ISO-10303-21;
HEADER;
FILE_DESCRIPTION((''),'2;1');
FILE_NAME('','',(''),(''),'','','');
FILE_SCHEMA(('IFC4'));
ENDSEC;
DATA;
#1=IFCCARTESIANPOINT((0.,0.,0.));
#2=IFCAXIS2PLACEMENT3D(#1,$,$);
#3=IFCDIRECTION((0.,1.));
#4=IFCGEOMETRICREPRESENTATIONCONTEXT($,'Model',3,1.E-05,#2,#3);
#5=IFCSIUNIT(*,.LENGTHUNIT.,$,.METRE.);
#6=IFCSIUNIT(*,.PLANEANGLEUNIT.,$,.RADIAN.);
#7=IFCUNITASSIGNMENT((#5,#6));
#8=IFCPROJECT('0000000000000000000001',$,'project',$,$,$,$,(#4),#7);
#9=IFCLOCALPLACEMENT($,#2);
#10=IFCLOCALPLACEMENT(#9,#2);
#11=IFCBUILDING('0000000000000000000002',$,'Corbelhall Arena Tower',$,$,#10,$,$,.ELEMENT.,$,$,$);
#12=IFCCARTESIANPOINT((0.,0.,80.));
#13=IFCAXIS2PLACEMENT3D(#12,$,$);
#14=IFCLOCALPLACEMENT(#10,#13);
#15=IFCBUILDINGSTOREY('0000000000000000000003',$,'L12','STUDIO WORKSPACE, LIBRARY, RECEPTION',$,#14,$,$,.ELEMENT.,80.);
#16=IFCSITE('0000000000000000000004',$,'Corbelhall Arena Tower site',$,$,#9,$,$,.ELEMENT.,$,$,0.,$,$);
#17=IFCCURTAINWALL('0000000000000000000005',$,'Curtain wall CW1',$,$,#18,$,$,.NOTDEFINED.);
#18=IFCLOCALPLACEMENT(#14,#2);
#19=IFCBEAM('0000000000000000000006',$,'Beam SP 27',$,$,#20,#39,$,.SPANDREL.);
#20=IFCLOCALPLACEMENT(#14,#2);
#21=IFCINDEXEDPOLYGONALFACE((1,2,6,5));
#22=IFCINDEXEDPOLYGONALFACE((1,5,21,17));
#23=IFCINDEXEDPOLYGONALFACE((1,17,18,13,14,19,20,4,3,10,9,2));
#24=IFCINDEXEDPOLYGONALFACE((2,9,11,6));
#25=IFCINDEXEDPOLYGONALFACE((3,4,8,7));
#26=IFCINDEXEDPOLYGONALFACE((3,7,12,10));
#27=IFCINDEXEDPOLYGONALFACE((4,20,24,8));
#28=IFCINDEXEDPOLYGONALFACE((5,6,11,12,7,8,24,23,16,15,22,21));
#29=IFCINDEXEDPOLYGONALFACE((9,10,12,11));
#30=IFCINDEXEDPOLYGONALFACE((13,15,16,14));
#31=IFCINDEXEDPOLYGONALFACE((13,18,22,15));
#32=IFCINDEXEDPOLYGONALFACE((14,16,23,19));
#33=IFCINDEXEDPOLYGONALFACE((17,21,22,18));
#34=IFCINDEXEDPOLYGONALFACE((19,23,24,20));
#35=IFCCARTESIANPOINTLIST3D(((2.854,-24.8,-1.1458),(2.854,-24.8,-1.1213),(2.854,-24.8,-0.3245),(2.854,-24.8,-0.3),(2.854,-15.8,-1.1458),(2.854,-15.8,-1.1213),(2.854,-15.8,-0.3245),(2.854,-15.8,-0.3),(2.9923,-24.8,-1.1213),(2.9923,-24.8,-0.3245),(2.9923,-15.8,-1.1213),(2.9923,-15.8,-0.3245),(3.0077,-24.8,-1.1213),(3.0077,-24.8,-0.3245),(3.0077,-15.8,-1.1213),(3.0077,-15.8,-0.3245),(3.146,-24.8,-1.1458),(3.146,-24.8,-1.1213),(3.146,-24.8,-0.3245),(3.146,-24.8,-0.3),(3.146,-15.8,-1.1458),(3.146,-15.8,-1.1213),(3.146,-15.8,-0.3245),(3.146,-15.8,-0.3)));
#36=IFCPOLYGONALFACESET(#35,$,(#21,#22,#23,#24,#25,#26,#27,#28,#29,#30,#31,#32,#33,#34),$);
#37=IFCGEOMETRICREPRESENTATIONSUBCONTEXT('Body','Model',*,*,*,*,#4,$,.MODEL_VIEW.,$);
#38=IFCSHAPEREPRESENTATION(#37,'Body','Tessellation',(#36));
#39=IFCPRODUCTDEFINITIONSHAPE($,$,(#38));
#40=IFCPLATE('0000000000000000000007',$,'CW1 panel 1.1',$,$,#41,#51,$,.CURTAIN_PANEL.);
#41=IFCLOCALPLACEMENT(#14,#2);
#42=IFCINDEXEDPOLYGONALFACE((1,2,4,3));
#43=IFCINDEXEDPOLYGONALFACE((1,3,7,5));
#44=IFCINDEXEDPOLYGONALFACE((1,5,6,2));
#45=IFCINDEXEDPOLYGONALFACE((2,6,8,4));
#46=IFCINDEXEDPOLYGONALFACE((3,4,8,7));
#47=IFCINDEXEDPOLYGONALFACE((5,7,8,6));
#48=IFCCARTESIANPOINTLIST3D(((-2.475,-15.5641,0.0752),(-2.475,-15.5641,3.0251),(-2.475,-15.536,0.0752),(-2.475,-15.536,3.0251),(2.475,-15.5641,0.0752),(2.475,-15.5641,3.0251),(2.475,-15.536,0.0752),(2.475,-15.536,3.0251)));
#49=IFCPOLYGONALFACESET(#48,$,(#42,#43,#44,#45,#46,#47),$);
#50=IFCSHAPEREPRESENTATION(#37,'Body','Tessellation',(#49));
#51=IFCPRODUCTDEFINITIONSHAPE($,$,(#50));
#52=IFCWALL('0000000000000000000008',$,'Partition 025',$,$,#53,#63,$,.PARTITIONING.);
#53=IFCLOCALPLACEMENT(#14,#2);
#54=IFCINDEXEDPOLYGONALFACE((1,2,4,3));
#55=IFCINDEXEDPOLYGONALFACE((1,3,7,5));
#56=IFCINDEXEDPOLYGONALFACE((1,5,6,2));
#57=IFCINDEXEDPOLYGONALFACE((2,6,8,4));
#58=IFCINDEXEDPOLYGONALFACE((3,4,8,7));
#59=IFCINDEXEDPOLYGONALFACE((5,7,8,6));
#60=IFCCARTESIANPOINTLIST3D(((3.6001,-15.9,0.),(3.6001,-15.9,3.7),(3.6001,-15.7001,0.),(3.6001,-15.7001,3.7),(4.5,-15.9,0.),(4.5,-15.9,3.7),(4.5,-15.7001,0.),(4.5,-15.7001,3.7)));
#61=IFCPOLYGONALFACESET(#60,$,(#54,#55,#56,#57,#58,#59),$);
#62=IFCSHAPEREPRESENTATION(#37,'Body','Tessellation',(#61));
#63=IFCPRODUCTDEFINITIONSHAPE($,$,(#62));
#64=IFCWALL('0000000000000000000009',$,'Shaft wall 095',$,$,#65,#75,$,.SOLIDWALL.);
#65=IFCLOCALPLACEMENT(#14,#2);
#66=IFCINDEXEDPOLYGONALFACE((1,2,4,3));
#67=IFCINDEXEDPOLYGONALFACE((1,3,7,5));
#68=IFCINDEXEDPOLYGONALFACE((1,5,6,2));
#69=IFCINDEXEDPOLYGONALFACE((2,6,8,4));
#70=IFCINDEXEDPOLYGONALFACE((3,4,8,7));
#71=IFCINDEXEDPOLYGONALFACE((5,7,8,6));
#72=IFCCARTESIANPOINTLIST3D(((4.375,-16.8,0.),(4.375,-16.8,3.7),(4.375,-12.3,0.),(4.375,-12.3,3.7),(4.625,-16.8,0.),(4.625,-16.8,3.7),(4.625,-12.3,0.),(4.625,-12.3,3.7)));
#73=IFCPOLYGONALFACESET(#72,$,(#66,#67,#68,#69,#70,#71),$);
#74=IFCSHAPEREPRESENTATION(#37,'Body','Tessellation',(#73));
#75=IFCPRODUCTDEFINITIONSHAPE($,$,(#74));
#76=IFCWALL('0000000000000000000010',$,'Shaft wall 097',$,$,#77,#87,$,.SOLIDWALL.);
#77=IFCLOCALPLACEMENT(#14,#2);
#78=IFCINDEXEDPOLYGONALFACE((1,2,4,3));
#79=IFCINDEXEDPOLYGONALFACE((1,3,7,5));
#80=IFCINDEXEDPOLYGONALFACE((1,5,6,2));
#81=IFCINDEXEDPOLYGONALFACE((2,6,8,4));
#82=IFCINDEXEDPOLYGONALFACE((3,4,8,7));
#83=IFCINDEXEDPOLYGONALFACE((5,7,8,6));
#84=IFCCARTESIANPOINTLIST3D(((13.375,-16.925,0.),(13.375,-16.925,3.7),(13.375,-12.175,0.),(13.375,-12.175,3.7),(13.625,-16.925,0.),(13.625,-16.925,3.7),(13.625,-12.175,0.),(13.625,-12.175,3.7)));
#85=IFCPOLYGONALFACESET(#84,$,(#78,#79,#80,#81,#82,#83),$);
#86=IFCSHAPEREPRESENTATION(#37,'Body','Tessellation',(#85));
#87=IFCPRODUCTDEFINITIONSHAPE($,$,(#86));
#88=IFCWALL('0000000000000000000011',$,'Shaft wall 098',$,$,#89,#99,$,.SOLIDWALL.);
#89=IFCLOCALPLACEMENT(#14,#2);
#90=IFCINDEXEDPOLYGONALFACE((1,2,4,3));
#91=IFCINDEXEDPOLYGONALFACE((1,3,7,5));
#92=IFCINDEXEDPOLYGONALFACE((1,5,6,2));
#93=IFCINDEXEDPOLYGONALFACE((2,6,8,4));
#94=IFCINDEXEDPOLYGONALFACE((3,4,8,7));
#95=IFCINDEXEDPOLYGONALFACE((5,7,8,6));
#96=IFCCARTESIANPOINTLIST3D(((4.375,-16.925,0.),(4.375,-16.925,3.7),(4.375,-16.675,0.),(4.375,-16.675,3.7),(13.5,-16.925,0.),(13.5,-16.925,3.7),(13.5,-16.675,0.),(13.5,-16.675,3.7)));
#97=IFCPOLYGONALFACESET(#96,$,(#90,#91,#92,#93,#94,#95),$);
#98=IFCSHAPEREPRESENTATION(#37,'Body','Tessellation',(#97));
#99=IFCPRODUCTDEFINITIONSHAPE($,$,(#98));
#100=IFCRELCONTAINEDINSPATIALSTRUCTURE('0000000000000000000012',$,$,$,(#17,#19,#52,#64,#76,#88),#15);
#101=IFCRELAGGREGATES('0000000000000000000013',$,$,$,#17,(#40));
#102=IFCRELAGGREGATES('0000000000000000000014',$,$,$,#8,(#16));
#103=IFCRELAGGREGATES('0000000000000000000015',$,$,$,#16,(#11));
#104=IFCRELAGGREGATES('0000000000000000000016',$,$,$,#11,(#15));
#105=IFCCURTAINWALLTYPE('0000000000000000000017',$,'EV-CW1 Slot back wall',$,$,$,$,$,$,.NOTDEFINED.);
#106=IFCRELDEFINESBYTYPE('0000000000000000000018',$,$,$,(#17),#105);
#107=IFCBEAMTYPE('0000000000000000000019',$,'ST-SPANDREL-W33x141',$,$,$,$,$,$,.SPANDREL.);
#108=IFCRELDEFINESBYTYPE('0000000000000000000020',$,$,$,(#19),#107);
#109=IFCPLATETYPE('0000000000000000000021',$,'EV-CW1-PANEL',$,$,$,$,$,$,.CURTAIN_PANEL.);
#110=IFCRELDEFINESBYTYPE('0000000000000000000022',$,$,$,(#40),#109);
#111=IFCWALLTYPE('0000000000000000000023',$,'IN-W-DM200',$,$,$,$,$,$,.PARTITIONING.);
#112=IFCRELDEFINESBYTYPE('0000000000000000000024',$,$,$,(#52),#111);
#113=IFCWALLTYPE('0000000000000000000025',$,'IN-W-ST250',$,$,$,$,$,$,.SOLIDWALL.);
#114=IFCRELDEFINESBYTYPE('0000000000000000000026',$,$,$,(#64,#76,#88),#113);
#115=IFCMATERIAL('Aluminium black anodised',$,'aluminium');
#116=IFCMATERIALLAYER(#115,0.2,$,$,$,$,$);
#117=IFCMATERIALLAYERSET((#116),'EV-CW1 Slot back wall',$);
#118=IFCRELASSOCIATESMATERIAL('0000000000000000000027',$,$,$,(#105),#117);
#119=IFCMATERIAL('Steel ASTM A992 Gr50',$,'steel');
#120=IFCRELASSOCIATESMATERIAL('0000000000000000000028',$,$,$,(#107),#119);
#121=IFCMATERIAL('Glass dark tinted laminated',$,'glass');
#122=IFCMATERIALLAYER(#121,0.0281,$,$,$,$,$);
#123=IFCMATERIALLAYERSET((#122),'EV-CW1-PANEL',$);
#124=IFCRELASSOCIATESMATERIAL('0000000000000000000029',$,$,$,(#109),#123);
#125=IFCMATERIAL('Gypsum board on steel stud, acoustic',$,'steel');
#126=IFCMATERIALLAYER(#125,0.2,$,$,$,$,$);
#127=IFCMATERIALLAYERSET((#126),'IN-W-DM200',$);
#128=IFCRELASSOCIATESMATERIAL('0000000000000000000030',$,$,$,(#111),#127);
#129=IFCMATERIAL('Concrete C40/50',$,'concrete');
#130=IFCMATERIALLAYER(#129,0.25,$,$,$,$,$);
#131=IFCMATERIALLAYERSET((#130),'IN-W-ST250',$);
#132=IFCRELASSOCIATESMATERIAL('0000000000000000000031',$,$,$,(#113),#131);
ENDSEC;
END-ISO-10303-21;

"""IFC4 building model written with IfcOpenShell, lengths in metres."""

from ifc_helpers import new_model, si_unit, direction, frame, frame_2d, origin, origin_2d, place, context, subcontext, project, spatial, rectangle, i_section, extrude, material, layer, layer_set, material_profile, profile_set, type_object, element, aggregate, save


model = new_model("IFC4")

# Units and contexts
model_context = context("Model", 3, precision=1e-05, world=origin(), true_north=direction((0.0, 1.0)))
body_context = subcontext(model_context, "Body", "Model", "MODEL_VIEW")
ifc_project = project(units=[si_unit("LENGTHUNIT", "METRE"), si_unit("PLANEANGLEUNIT", "RADIAN")], contexts=[model_context])

# Site, building, storey
site_placement = place(None, origin())
site = spatial("IfcSite", under=ifc_project, at=site_placement, Name="Corbelhall Arena Tower site", CompositionType="ELEMENT", RefElevation=0.0)
building_placement = place(site_placement, origin())
building = spatial("IfcBuilding", under=site, at=building_placement, Name="Corbelhall Arena Tower", CompositionType="ELEMENT")
storey_placement = place(building_placement, frame((0.0, 0.0, 80.0)))
storey = spatial("IfcBuildingStorey", under=building, at=storey_placement, Name="L12", Description="STUDIO WORKSPACE, LIBRARY, RECEPTION", CompositionType="ELEMENT", Elevation=80.0)

# Curtain wall
ifc_material_1 = material(Name="Aluminium black anodised", Category="aluminium")
ifc_layer_1 = layer(ifc_material_1, 0.2)
ifc_layer_set_1 = layer_set([ifc_layer_1], Name="EV-CW1 Slot back wall")
curtain_wall_type = type_object("IfcCurtainWallType", Name="EV-CW1 Slot back wall", PredefinedType="NOTDEFINED", material=ifc_layer_set_1)
curtain_wall_placement = place(storey_placement, origin())
curtain_wall = element("IfcCurtainWall", 1, at=curtain_wall_placement, inside=storey, type_object=curtain_wall_type, Name="Curtain wall CW1", PredefinedType="NOTDEFINED")

# Beam
ifc_material_2 = material(Name="Steel ASTM A992 Gr50", Category="steel")
ifc_material_profile_1 = material_profile(ifc_material_2, i_section(OverallWidth=0.292, OverallDepth=0.8457, WebThickness=0.0154, FlangeThickness=0.0244, at=origin_2d()))
ifc_profile_set_1 = profile_set([ifc_material_profile_1], Name="Steel ASTM A992 Gr50")
beam_type_1 = type_object("IfcBeamType", Name="ST-SPANDREL-W33x141", PredefinedType="SPANDREL", material=ifc_profile_set_1)
beam_1_placement = place(storey_placement, frame((3.0, -24.8, -0.7229), z_axis=(0.0, 1.0, 0.0), x_axis=(-1.0, 0.0, 0.0)))
element("IfcBeam", 2, at=beam_1_placement, inside=storey, type_object=beam_type_1, Name="Beam SP 27", PredefinedType="SPANDREL", context=body_context, shape_type="SweptSolid", body=[
    extrude(i_section(OverallWidth=0.292, OverallDepth=0.8457, WebThickness=0.0154, FlangeThickness=0.0244, at=origin_2d()), origin(), (0.0, 0.0, 1.0), 9.0),
])

# Plate
ifc_material_3 = material(Name="Glass dark tinted laminated", Category="glass")
ifc_layer_2 = layer(ifc_material_3, 0.0281)
ifc_layer_set_2 = layer_set([ifc_layer_2], Name="EV-CW1-PANEL")
plate_type = type_object("IfcPlateType", Name="EV-CW1-PANEL", PredefinedType="CURTAIN_PANEL", material=ifc_layer_set_2)
plate_placement = place(storey_placement, frame((0.0, -15.55, 0.0752), z_axis=(0.0, 0.0, 1.0), x_axis=(1.0, 0.0, 0.0)))
plate = element("IfcPlate", 3, at=plate_placement, type_object=plate_type, Name="CW1 panel 1.1", PredefinedType="CURTAIN_PANEL", context=body_context, shape_type="SweptSolid", body=[
    extrude(rectangle(XDim=4.95, YDim=0.0281, at=origin_2d()), origin(), (0.0, 0.0, 1.0), 2.95),
])
aggregate(curtain_wall, [plate])

# Wall
ifc_material_4 = material(Name="Gypsum board on steel stud, acoustic", Category="steel")
ifc_layer_3 = layer(ifc_material_4, 0.2)
ifc_layer_set_3 = layer_set([ifc_layer_3], Name="IN-W-DM200")
wall_type_1 = type_object("IfcWallType", Name="IN-W-DM200", PredefinedType="PARTITIONING", material=ifc_layer_set_3)
wall_1_placement = place(storey_placement, frame((4.5, -15.8, 0.0), z_axis=(0.0, 0.0, 1.0), x_axis=(-1.0, 0.0, 0.0)))
element("IfcWall", 4, at=wall_1_placement, inside=storey, type_object=wall_type_1, Name="Partition 025", PredefinedType="PARTITIONING", context=body_context, shape_type="SweptSolid", body=[
    extrude(rectangle(XDim=0.8999, YDim=0.2, at=frame_2d((0.45, 0.0))), origin(), (0.0, 0.0, 1.0), 3.7),
])

# Walls
ifc_material_5 = material(Name="Concrete C40/50", Category="concrete")
ifc_layer_4 = layer(ifc_material_5, 0.25)
ifc_layer_set_4 = layer_set([ifc_layer_4], Name="IN-W-ST250")
wall_type_2 = type_object("IfcWallType", Name="IN-W-ST250", PredefinedType="SOLIDWALL", material=ifc_layer_set_4)
wall_2_placement = place(storey_placement, frame((4.5, -16.8, 0.0), z_axis=(0.0, 0.0, 1.0), x_axis=(0.0, 1.0, 0.0)))
element("IfcWall", 5, at=wall_2_placement, inside=storey, type_object=wall_type_2, Name="Shaft wall 095", PredefinedType="SOLIDWALL", context=body_context, shape_type="SweptSolid", body=[
    extrude(rectangle(XDim=4.5, YDim=0.25, at=frame_2d((2.25, 0.0))), origin(), (0.0, 0.0, 1.0), 3.7),
])
wall_3_placement = place(storey_placement, frame((13.5, -16.925, 0.0), z_axis=(0.0, 0.0, 1.0), x_axis=(0.0, 1.0, 0.0)))
element("IfcWall", 6, at=wall_3_placement, inside=storey, type_object=wall_type_2, Name="Shaft wall 097", PredefinedType="SOLIDWALL", context=body_context, shape_type="SweptSolid", body=[
    extrude(rectangle(XDim=4.75, YDim=0.25, at=frame_2d((2.375, 0.0))), origin(), (0.0, 0.0, 1.0), 3.7),
])
wall_4_placement = place(storey_placement, frame((13.5, -16.8, 0.0), z_axis=(0.0, 0.0, 1.0), x_axis=(-1.0, 0.0, 0.0)))
element("IfcWall", 7, at=wall_4_placement, inside=storey, type_object=wall_type_2, Name="Shaft wall 098", PredefinedType="SOLIDWALL", context=body_context, shape_type="SweptSolid", body=[
    extrude(rectangle(XDim=9.125, YDim=0.25, at=frame_2d((4.5625, 0.0))), origin(), (0.0, 0.0, 1.0), 3.7),
])

save(model, "model.ifc")
